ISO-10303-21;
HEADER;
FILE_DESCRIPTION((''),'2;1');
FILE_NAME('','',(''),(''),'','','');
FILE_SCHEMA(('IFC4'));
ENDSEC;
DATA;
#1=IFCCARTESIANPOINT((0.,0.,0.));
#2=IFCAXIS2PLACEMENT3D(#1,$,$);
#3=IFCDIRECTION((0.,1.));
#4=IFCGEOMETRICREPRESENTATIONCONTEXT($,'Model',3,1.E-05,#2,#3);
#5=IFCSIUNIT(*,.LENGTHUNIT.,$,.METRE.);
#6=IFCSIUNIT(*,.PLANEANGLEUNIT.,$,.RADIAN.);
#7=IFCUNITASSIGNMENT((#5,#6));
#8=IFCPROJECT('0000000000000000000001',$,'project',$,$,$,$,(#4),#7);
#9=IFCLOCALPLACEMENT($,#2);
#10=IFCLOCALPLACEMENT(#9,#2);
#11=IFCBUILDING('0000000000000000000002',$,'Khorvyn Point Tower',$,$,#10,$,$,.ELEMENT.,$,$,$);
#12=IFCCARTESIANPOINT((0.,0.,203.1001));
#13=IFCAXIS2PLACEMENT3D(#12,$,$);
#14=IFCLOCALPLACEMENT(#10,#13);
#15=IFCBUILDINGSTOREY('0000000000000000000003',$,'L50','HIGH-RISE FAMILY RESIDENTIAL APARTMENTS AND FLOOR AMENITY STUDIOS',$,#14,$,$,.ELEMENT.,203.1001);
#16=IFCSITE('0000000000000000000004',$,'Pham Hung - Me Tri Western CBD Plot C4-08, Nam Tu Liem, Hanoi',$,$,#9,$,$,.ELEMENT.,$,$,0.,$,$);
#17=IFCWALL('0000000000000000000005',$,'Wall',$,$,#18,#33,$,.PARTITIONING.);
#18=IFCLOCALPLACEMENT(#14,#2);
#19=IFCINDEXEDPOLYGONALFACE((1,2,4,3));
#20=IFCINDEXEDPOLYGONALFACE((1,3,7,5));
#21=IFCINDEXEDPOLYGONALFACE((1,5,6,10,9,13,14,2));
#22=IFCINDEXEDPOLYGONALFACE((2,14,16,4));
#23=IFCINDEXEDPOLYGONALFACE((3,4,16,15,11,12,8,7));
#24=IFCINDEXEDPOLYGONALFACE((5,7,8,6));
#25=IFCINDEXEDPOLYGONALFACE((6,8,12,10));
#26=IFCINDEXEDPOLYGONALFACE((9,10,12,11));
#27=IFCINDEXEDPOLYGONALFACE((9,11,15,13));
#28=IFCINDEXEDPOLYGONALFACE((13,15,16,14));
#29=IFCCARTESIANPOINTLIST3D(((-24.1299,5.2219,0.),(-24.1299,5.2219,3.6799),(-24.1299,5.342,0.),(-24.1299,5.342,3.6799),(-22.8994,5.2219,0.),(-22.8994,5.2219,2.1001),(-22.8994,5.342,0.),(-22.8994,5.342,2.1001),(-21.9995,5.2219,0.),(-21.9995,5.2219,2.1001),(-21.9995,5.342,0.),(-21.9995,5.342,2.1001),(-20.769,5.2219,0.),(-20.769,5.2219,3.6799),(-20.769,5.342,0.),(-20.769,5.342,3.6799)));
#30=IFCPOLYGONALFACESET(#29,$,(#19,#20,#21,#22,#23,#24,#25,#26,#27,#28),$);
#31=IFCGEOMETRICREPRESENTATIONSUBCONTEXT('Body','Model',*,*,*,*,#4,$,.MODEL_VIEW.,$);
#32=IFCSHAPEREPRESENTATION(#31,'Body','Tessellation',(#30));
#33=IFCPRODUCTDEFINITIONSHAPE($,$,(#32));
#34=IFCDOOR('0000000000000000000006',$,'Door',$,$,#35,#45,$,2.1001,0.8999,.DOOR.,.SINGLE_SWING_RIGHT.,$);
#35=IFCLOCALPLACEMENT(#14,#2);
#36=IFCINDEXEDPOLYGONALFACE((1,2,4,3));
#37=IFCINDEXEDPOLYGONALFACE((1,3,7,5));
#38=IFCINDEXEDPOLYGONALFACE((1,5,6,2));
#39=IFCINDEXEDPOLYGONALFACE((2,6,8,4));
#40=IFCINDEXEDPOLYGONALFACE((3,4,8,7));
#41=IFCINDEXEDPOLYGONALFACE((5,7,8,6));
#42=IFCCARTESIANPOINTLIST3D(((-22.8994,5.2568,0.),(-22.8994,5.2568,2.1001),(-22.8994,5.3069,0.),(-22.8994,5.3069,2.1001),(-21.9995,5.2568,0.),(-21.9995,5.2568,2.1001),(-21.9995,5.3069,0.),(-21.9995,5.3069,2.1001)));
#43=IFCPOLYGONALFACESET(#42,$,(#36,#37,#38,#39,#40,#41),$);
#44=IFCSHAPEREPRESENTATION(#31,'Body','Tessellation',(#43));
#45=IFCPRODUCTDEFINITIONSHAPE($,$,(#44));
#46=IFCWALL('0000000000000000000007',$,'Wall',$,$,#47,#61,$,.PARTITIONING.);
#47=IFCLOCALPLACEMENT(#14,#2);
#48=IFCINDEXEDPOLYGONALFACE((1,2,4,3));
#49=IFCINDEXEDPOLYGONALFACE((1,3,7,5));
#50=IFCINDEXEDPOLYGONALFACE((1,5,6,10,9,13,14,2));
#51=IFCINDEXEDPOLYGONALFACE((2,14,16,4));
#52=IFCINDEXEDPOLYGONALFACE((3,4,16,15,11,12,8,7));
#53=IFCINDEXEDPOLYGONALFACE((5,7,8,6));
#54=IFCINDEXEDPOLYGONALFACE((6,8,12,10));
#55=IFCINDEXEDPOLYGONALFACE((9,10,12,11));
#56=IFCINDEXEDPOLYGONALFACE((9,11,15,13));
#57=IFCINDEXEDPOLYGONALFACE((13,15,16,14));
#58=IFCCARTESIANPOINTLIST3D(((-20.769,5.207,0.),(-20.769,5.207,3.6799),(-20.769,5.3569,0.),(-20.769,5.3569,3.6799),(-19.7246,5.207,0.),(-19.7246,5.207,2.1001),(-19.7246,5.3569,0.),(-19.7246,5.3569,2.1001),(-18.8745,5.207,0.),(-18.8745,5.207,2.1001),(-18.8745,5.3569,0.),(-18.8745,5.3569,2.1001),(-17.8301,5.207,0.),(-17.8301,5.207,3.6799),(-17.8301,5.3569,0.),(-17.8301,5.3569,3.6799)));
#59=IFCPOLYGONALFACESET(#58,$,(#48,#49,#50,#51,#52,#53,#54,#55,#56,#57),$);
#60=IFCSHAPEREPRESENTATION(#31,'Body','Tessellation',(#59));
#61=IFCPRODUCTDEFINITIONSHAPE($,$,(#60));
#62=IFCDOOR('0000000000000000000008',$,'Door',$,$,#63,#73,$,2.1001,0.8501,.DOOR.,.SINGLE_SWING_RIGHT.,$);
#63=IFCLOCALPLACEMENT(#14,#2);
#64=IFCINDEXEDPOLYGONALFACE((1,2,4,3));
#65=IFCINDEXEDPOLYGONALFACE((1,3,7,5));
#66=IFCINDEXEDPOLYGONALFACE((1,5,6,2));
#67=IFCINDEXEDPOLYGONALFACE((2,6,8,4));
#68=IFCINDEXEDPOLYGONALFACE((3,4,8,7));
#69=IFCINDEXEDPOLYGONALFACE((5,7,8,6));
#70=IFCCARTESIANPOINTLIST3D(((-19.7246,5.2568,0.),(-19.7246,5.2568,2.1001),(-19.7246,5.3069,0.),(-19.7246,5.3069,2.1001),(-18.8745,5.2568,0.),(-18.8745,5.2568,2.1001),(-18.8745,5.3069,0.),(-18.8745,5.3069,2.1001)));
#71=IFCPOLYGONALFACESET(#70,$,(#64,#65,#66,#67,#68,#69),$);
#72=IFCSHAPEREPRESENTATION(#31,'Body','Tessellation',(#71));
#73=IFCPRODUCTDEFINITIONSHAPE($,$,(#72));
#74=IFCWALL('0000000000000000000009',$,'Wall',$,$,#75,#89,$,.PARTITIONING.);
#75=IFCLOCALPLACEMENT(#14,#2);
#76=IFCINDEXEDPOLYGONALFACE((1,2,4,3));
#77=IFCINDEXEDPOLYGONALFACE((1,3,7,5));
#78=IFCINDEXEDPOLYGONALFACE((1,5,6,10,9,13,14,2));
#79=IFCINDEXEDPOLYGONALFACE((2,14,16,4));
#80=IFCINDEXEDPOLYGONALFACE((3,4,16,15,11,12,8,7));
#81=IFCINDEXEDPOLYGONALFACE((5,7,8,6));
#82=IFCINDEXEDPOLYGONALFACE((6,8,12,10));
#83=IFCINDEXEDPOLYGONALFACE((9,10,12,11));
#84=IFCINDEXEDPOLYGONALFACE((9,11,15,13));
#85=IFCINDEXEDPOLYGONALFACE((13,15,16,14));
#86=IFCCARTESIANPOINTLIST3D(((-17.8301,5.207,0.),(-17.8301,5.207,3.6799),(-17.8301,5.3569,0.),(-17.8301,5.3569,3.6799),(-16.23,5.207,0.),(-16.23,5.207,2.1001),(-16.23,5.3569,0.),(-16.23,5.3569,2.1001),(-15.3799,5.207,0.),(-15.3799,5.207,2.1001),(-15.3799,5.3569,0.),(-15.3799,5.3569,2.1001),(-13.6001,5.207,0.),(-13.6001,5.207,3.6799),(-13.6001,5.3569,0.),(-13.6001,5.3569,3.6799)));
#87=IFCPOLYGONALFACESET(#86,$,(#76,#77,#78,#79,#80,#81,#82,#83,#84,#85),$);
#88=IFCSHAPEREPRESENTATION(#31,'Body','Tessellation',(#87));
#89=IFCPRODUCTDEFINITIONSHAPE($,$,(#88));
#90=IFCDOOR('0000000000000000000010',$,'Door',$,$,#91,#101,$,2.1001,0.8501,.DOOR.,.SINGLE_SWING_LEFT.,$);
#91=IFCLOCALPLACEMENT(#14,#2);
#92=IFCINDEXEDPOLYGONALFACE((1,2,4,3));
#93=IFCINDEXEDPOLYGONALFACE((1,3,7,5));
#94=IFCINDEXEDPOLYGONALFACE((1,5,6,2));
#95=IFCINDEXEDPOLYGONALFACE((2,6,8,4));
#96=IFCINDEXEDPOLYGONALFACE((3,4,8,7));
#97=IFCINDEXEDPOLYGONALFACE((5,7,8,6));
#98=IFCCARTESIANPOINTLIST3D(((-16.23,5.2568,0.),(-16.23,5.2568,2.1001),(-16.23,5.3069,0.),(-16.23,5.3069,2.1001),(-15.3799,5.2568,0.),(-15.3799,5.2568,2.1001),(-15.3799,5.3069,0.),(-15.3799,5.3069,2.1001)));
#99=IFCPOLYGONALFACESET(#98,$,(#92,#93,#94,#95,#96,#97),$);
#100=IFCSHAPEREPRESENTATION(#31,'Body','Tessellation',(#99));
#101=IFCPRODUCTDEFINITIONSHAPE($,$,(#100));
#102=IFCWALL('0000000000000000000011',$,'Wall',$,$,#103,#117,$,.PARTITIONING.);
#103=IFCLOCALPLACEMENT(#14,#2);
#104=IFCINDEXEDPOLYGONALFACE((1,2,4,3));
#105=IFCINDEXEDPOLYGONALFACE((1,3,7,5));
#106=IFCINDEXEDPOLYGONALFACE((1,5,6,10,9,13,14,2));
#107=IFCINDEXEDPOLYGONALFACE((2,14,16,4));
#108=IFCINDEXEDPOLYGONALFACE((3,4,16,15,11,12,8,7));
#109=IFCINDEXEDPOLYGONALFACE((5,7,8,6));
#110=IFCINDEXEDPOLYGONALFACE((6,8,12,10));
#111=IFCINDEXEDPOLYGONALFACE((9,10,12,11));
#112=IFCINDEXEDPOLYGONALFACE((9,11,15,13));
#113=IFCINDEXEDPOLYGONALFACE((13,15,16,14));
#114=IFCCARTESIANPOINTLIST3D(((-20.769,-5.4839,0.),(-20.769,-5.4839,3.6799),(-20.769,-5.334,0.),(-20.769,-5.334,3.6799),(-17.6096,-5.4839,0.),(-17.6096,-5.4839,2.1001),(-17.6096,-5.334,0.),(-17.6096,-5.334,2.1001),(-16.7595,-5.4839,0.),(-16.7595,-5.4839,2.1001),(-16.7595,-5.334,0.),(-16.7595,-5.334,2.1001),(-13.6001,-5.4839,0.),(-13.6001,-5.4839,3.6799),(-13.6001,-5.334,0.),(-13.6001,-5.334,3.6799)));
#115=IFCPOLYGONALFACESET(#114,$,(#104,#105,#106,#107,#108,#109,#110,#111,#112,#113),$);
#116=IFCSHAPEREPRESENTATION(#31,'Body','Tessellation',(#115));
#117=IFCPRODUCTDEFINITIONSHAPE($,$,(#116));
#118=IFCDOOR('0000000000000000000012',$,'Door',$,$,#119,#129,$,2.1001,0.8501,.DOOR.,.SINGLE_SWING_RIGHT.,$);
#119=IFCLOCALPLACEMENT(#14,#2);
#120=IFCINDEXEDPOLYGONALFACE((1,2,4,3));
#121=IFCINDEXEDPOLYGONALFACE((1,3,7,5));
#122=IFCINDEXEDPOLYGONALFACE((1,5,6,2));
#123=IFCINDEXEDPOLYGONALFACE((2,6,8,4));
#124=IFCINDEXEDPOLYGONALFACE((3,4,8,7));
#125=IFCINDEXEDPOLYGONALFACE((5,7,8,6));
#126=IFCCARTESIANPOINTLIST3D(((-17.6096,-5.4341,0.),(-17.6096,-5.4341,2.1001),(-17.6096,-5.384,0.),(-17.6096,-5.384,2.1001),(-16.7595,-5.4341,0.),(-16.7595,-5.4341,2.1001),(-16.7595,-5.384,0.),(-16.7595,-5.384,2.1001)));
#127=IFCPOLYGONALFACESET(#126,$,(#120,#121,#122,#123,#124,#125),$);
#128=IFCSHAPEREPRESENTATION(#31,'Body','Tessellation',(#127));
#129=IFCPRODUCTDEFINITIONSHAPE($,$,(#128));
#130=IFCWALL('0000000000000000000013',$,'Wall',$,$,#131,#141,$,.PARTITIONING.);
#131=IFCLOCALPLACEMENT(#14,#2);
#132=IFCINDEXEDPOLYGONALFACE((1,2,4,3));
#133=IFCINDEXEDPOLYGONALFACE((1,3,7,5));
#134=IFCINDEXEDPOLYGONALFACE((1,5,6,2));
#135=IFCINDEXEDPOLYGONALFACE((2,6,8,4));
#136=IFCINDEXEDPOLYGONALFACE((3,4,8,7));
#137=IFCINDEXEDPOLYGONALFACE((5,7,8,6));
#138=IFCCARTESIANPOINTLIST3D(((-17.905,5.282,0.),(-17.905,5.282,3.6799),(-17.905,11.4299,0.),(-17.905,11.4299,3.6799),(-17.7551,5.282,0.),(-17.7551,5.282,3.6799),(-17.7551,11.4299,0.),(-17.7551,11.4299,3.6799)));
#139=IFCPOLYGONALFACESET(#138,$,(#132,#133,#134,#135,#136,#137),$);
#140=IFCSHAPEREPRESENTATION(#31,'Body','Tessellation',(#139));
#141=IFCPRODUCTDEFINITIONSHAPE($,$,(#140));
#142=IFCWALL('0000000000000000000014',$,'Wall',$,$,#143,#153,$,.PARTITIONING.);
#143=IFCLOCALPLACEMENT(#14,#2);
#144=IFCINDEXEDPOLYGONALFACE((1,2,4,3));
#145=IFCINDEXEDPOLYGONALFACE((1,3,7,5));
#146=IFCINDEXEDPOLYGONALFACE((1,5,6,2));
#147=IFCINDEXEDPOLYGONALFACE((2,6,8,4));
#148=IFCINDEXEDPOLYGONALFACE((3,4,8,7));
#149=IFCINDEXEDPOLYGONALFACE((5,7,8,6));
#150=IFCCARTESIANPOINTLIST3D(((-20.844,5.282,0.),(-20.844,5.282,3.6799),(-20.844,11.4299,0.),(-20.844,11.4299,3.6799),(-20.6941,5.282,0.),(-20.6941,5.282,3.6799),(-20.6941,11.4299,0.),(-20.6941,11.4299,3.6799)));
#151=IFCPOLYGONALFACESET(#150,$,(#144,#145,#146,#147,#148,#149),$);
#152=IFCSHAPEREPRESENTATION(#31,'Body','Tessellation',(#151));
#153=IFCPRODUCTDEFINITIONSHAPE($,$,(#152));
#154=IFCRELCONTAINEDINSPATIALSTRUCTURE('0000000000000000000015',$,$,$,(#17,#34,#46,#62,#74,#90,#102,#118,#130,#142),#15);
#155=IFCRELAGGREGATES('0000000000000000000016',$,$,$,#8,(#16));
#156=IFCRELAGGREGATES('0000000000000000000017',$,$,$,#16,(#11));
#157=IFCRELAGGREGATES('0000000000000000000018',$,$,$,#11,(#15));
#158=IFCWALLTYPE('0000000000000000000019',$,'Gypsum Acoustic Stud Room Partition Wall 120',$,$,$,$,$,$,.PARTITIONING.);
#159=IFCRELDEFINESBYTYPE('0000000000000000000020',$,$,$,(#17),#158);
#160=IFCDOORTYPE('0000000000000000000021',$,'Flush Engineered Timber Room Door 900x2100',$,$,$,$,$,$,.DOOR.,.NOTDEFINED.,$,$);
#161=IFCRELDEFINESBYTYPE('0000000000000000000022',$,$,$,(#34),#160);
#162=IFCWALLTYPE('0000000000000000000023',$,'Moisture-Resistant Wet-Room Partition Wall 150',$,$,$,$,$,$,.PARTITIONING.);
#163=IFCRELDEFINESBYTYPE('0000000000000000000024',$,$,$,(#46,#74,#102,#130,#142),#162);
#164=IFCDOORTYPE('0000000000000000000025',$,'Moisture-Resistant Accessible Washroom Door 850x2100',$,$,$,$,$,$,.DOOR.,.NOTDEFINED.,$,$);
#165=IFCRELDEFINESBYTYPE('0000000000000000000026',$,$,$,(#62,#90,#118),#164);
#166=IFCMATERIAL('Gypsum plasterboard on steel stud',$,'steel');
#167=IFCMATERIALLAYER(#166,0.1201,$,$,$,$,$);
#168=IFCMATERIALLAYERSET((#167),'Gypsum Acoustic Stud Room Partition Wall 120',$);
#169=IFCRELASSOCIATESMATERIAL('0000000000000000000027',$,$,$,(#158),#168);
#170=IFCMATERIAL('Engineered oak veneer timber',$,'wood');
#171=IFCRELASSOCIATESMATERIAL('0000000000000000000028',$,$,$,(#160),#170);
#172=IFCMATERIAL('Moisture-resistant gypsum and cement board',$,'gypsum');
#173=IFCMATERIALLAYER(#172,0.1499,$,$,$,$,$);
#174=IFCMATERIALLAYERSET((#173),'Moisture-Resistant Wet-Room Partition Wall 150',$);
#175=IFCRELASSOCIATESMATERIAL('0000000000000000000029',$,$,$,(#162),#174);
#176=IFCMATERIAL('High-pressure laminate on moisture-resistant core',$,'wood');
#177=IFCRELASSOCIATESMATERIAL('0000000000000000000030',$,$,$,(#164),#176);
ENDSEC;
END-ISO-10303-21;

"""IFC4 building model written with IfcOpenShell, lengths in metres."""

from ifc_helpers import new_model, si_unit, direction, frame, frame_2d, origin, place, context, subcontext, project, spatial, rectangle, extrude, material, layer, layer_set, type_object, element, fill, save


model = new_model("IFC4")

# Units and contexts
model_context = context("Model", 3, precision=1e-05, world=origin(), true_north=direction((0.0, 1.0)))
body_context = subcontext(model_context, "Body", "Model", "MODEL_VIEW")
ifc_project = project(units=[si_unit("LENGTHUNIT", "METRE"), si_unit("PLANEANGLEUNIT", "RADIAN")], contexts=[model_context])

# Site, building, storey
site_placement = place(None, origin())
site = spatial("IfcSite", under=ifc_project, at=site_placement, Name="Pham Hung - Me Tri Western CBD Plot C4-08, Nam Tu Liem, Hanoi", CompositionType="ELEMENT", RefElevation=0.0)
building_placement = place(site_placement, origin())
building = spatial("IfcBuilding", under=site, at=building_placement, Name="Khorvyn Point Tower", CompositionType="ELEMENT")
storey_placement = place(building_placement, frame((0.0, 0.0, 203.1001)))
storey = spatial("IfcBuildingStorey", under=building, at=storey_placement, Name="L50", Description="HIGH-RISE FAMILY RESIDENTIAL APARTMENTS AND FLOOR AMENITY STUDIOS", CompositionType="ELEMENT", Elevation=203.1001)

# Walls, openings, doors
ifc_material_1 = material(Name="Gypsum plasterboard on steel stud", Category="steel")
ifc_layer_1 = layer(ifc_material_1, 0.1201)
ifc_layer_set_1 = layer_set([ifc_layer_1], Name="Gypsum Acoustic Stud Room Partition Wall 120")
wall_type_1 = type_object("IfcWallType", Name="Gypsum Acoustic Stud Room Partition Wall 120", PredefinedType="PARTITIONING", material=ifc_layer_set_1)
ifc_material_2 = material(Name="Engineered oak veneer timber", Category="wood")
door_type_1 = type_object("IfcDoorType", Name="Flush Engineered Timber Room Door 900x2100", OperationType="NOTDEFINED", PredefinedType="DOOR", material=ifc_material_2)
wall_1_placement = place(storey_placement, frame((-24.1299, 5.282, 0.0), z_axis=(0.0, 0.0, 1.0), x_axis=(1.0, 0.0, 0.0)))
wall_1 = element("IfcWall", 1, at=wall_1_placement, inside=storey, type_object=wall_type_1, Name="Wall", PredefinedType="PARTITIONING", context=body_context, shape_type="SweptSolid", body=[
    extrude(rectangle(XDim=3.3608, YDim=0.1201, at=frame_2d((1.6804, 0.0))), origin(), (0.0, 0.0, 1.0), 3.6799),
])
opening_1_placement = place(wall_1_placement, frame((1.2305, 0.0, 0.0)))
opening_1 = element("IfcOpeningElement", 2, at=opening_1_placement, cuts=wall_1, PredefinedType="OPENING", context=body_context, shape_type="SweptSolid", body=[
    extrude(rectangle(XDim=0.8999, YDim=2.1001, at=frame_2d((0.45, 1.05))), frame((0.0, 0.0701, 0.0), z_axis=(0.0, -1.0, 0.0), x_axis=(1.0, 0.0, 0.0)), (0.0, 0.0, 1.0), 0.1401),
])
door_1_placement = place(opening_1_placement, origin())
door_1 = element("IfcDoor", 3, at=door_1_placement, inside=storey, type_object=door_type_1, Name="Door", OperationType="SINGLE_SWING_RIGHT", OverallHeight=2.1001, OverallWidth=0.8999, PredefinedType="DOOR", context=body_context, shape_type="SweptSolid", body=[
    extrude(rectangle(XDim=0.8999, YDim=2.1001, at=frame_2d((0.45, 1.05))), frame((0.0, 0.0249, 0.0), z_axis=(0.0, -1.0, 0.0), x_axis=(1.0, 0.0, 0.0)), (0.0, 0.0, 1.0), 0.05),
])
fill(opening_1, door_1)
ifc_material_3 = material(Name="Moisture-resistant gypsum and cement board", Category="gypsum")
ifc_layer_2 = layer(ifc_material_3, 0.1499)
ifc_layer_set_2 = layer_set([ifc_layer_2], Name="Moisture-Resistant Wet-Room Partition Wall 150")
wall_type_2 = type_object("IfcWallType", Name="Moisture-Resistant Wet-Room Partition Wall 150", PredefinedType="PARTITIONING", material=ifc_layer_set_2)
wall_2_placement = place(storey_placement, frame((-20.769, 5.282, 0.0), z_axis=(0.0, 0.0, 1.0), x_axis=(1.0, 0.0, 0.0)))
wall_2 = element("IfcWall", 4, at=wall_2_placement, inside=storey, type_object=wall_type_2, Name="Wall", PredefinedType="PARTITIONING", context=body_context, shape_type="SweptSolid", body=[
    extrude(rectangle(XDim=2.939, YDim=0.1499, at=frame_2d((1.4695, 0.0))), origin(), (0.0, 0.0, 1.0), 3.6799),
])
opening_2_placement = place(wall_2_placement, frame((1.0444, 0.0, 0.0)))
opening_2 = element("IfcOpeningElement", 5, at=opening_2_placement, cuts=wall_2, PredefinedType="OPENING", context=body_context, shape_type="SweptSolid", body=[
    extrude(rectangle(XDim=0.8501, YDim=2.1001, at=frame_2d((0.425, 1.05))), frame((0.0, 0.085, 0.0), z_axis=(0.0, -1.0, 0.0), x_axis=(1.0, 0.0, 0.0)), (0.0, 0.0, 1.0), 0.1699),
])
ifc_material_4 = material(Name="High-pressure laminate on moisture-resistant core", Category="wood")
door_type_2 = type_object("IfcDoorType", Name="Moisture-Resistant Accessible Washroom Door 850x2100", OperationType="NOTDEFINED", PredefinedType="DOOR", material=ifc_material_4)
door_2_placement = place(opening_2_placement, origin())
door_2 = element("IfcDoor", 6, at=door_2_placement, inside=storey, type_object=door_type_2, Name="Door", OperationType="SINGLE_SWING_RIGHT", OverallHeight=2.1001, OverallWidth=0.8501, PredefinedType="DOOR", context=body_context, shape_type="SweptSolid", body=[
    extrude(rectangle(XDim=0.8501, YDim=2.1001, at=frame_2d((0.425, 1.05))), frame((0.0, 0.0249, 0.0), z_axis=(0.0, -1.0, 0.0), x_axis=(1.0, 0.0, 0.0)), (0.0, 0.0, 1.0), 0.05),
])
fill(opening_2, door_2)
wall_3_placement = place(storey_placement, frame((-17.8301, 5.282, 0.0), z_axis=(0.0, 0.0, 1.0), x_axis=(1.0, 0.0, 0.0)))
wall_3 = element("IfcWall", 7, at=wall_3_placement, inside=storey, type_object=wall_type_2, Name="Wall", PredefinedType="PARTITIONING", context=body_context, shape_type="SweptSolid", body=[
    extrude(rectangle(XDim=4.23, YDim=0.1499, at=frame_2d((2.115, 0.0))), origin(), (0.0, 0.0, 1.0), 3.6799),
])
opening_3_placement = place(wall_3_placement, frame((1.6001, 0.0, 0.0)))
opening_3 = element("IfcOpeningElement", 8, at=opening_3_placement, cuts=wall_3, PredefinedType="OPENING", context=body_context, shape_type="SweptSolid", body=[
    extrude(rectangle(XDim=0.8501, YDim=2.1001, at=frame_2d((0.425, 1.05))), frame((0.0, 0.085, 0.0), z_axis=(0.0, -1.0, 0.0), x_axis=(1.0, 0.0, 0.0)), (0.0, 0.0, 1.0), 0.1699),
])
door_3_placement = place(opening_3_placement, origin())
door_3 = element("IfcDoor", 9, at=door_3_placement, inside=storey, type_object=door_type_2, Name="Door", OperationType="SINGLE_SWING_LEFT", OverallHeight=2.1001, OverallWidth=0.8501, PredefinedType="DOOR", context=body_context, shape_type="SweptSolid", body=[
    extrude(rectangle(XDim=0.8501, YDim=2.1001, at=frame_2d((0.425, 1.05))), frame((0.0, 0.0249, 0.0), z_axis=(0.0, -1.0, 0.0), x_axis=(1.0, 0.0, 0.0)), (0.0, 0.0, 1.0), 0.05),
])
fill(opening_3, door_3)
wall_4_placement = place(storey_placement, frame((-20.769, -5.4089, 0.0), z_axis=(0.0, 0.0, 1.0), x_axis=(1.0, 0.0, 0.0)))
wall_4 = element("IfcWall", 10, at=wall_4_placement, inside=storey, type_object=wall_type_2, Name="Wall", PredefinedType="PARTITIONING", context=body_context, shape_type="SweptSolid", body=[
    extrude(rectangle(XDim=7.1689, YDim=0.1499, at=frame_2d((3.5845, 0.0))), origin(), (0.0, 0.0, 1.0), 3.6799),
])
opening_4_placement = place(wall_4_placement, frame((3.1594, 0.0, 0.0)))
opening_4 = element("IfcOpeningElement", 11, at=opening_4_placement, cuts=wall_4, PredefinedType="OPENING", context=body_context, shape_type="SweptSolid", body=[
    extrude(rectangle(XDim=0.8501, YDim=2.1001, at=frame_2d((0.425, 1.05))), frame((0.0, 0.085, 0.0), z_axis=(0.0, -1.0, 0.0), x_axis=(1.0, 0.0, 0.0)), (0.0, 0.0, 1.0), 0.1699),
])
door_4_placement = place(opening_4_placement, origin())
door_4 = element("IfcDoor", 12, at=door_4_placement, inside=storey, type_object=door_type_2, Name="Door", OperationType="SINGLE_SWING_RIGHT", OverallHeight=2.1001, OverallWidth=0.8501, PredefinedType="DOOR", context=body_context, shape_type="SweptSolid", body=[
    extrude(rectangle(XDim=0.8501, YDim=2.1001, at=frame_2d((0.425, 1.05))), frame((0.0, 0.0249, 0.0), z_axis=(0.0, -1.0, 0.0), x_axis=(1.0, 0.0, 0.0)), (0.0, 0.0, 1.0), 0.05),
])
fill(opening_4, door_4)

# Walls
for number, where, z_axis, x_axis, name in (
    (13, (-17.8301, 5.282, 0.0), (0.0, 0.0, 1.0), (0.0, 1.0, 0.0), "Wall"),
    (14, (-20.769, 5.282, 0.0), (0.0, 0.0, 1.0), (0.0, 1.0, 0.0), "Wall"),
):
    element("IfcWall", number, at=place(storey_placement, frame(where, z_axis=z_axis, x_axis=x_axis)), inside=storey, type_object=wall_type_2, Name=name, PredefinedType="PARTITIONING", context=body_context, shape_type="SweptSolid", body=[
        extrude(rectangle(XDim=6.1479, YDim=0.1499, at=frame_2d((3.074, 0.0))), origin(), (0.0, 0.0, 1.0), 3.6799),
    ])

save(model, "model.ifc")
